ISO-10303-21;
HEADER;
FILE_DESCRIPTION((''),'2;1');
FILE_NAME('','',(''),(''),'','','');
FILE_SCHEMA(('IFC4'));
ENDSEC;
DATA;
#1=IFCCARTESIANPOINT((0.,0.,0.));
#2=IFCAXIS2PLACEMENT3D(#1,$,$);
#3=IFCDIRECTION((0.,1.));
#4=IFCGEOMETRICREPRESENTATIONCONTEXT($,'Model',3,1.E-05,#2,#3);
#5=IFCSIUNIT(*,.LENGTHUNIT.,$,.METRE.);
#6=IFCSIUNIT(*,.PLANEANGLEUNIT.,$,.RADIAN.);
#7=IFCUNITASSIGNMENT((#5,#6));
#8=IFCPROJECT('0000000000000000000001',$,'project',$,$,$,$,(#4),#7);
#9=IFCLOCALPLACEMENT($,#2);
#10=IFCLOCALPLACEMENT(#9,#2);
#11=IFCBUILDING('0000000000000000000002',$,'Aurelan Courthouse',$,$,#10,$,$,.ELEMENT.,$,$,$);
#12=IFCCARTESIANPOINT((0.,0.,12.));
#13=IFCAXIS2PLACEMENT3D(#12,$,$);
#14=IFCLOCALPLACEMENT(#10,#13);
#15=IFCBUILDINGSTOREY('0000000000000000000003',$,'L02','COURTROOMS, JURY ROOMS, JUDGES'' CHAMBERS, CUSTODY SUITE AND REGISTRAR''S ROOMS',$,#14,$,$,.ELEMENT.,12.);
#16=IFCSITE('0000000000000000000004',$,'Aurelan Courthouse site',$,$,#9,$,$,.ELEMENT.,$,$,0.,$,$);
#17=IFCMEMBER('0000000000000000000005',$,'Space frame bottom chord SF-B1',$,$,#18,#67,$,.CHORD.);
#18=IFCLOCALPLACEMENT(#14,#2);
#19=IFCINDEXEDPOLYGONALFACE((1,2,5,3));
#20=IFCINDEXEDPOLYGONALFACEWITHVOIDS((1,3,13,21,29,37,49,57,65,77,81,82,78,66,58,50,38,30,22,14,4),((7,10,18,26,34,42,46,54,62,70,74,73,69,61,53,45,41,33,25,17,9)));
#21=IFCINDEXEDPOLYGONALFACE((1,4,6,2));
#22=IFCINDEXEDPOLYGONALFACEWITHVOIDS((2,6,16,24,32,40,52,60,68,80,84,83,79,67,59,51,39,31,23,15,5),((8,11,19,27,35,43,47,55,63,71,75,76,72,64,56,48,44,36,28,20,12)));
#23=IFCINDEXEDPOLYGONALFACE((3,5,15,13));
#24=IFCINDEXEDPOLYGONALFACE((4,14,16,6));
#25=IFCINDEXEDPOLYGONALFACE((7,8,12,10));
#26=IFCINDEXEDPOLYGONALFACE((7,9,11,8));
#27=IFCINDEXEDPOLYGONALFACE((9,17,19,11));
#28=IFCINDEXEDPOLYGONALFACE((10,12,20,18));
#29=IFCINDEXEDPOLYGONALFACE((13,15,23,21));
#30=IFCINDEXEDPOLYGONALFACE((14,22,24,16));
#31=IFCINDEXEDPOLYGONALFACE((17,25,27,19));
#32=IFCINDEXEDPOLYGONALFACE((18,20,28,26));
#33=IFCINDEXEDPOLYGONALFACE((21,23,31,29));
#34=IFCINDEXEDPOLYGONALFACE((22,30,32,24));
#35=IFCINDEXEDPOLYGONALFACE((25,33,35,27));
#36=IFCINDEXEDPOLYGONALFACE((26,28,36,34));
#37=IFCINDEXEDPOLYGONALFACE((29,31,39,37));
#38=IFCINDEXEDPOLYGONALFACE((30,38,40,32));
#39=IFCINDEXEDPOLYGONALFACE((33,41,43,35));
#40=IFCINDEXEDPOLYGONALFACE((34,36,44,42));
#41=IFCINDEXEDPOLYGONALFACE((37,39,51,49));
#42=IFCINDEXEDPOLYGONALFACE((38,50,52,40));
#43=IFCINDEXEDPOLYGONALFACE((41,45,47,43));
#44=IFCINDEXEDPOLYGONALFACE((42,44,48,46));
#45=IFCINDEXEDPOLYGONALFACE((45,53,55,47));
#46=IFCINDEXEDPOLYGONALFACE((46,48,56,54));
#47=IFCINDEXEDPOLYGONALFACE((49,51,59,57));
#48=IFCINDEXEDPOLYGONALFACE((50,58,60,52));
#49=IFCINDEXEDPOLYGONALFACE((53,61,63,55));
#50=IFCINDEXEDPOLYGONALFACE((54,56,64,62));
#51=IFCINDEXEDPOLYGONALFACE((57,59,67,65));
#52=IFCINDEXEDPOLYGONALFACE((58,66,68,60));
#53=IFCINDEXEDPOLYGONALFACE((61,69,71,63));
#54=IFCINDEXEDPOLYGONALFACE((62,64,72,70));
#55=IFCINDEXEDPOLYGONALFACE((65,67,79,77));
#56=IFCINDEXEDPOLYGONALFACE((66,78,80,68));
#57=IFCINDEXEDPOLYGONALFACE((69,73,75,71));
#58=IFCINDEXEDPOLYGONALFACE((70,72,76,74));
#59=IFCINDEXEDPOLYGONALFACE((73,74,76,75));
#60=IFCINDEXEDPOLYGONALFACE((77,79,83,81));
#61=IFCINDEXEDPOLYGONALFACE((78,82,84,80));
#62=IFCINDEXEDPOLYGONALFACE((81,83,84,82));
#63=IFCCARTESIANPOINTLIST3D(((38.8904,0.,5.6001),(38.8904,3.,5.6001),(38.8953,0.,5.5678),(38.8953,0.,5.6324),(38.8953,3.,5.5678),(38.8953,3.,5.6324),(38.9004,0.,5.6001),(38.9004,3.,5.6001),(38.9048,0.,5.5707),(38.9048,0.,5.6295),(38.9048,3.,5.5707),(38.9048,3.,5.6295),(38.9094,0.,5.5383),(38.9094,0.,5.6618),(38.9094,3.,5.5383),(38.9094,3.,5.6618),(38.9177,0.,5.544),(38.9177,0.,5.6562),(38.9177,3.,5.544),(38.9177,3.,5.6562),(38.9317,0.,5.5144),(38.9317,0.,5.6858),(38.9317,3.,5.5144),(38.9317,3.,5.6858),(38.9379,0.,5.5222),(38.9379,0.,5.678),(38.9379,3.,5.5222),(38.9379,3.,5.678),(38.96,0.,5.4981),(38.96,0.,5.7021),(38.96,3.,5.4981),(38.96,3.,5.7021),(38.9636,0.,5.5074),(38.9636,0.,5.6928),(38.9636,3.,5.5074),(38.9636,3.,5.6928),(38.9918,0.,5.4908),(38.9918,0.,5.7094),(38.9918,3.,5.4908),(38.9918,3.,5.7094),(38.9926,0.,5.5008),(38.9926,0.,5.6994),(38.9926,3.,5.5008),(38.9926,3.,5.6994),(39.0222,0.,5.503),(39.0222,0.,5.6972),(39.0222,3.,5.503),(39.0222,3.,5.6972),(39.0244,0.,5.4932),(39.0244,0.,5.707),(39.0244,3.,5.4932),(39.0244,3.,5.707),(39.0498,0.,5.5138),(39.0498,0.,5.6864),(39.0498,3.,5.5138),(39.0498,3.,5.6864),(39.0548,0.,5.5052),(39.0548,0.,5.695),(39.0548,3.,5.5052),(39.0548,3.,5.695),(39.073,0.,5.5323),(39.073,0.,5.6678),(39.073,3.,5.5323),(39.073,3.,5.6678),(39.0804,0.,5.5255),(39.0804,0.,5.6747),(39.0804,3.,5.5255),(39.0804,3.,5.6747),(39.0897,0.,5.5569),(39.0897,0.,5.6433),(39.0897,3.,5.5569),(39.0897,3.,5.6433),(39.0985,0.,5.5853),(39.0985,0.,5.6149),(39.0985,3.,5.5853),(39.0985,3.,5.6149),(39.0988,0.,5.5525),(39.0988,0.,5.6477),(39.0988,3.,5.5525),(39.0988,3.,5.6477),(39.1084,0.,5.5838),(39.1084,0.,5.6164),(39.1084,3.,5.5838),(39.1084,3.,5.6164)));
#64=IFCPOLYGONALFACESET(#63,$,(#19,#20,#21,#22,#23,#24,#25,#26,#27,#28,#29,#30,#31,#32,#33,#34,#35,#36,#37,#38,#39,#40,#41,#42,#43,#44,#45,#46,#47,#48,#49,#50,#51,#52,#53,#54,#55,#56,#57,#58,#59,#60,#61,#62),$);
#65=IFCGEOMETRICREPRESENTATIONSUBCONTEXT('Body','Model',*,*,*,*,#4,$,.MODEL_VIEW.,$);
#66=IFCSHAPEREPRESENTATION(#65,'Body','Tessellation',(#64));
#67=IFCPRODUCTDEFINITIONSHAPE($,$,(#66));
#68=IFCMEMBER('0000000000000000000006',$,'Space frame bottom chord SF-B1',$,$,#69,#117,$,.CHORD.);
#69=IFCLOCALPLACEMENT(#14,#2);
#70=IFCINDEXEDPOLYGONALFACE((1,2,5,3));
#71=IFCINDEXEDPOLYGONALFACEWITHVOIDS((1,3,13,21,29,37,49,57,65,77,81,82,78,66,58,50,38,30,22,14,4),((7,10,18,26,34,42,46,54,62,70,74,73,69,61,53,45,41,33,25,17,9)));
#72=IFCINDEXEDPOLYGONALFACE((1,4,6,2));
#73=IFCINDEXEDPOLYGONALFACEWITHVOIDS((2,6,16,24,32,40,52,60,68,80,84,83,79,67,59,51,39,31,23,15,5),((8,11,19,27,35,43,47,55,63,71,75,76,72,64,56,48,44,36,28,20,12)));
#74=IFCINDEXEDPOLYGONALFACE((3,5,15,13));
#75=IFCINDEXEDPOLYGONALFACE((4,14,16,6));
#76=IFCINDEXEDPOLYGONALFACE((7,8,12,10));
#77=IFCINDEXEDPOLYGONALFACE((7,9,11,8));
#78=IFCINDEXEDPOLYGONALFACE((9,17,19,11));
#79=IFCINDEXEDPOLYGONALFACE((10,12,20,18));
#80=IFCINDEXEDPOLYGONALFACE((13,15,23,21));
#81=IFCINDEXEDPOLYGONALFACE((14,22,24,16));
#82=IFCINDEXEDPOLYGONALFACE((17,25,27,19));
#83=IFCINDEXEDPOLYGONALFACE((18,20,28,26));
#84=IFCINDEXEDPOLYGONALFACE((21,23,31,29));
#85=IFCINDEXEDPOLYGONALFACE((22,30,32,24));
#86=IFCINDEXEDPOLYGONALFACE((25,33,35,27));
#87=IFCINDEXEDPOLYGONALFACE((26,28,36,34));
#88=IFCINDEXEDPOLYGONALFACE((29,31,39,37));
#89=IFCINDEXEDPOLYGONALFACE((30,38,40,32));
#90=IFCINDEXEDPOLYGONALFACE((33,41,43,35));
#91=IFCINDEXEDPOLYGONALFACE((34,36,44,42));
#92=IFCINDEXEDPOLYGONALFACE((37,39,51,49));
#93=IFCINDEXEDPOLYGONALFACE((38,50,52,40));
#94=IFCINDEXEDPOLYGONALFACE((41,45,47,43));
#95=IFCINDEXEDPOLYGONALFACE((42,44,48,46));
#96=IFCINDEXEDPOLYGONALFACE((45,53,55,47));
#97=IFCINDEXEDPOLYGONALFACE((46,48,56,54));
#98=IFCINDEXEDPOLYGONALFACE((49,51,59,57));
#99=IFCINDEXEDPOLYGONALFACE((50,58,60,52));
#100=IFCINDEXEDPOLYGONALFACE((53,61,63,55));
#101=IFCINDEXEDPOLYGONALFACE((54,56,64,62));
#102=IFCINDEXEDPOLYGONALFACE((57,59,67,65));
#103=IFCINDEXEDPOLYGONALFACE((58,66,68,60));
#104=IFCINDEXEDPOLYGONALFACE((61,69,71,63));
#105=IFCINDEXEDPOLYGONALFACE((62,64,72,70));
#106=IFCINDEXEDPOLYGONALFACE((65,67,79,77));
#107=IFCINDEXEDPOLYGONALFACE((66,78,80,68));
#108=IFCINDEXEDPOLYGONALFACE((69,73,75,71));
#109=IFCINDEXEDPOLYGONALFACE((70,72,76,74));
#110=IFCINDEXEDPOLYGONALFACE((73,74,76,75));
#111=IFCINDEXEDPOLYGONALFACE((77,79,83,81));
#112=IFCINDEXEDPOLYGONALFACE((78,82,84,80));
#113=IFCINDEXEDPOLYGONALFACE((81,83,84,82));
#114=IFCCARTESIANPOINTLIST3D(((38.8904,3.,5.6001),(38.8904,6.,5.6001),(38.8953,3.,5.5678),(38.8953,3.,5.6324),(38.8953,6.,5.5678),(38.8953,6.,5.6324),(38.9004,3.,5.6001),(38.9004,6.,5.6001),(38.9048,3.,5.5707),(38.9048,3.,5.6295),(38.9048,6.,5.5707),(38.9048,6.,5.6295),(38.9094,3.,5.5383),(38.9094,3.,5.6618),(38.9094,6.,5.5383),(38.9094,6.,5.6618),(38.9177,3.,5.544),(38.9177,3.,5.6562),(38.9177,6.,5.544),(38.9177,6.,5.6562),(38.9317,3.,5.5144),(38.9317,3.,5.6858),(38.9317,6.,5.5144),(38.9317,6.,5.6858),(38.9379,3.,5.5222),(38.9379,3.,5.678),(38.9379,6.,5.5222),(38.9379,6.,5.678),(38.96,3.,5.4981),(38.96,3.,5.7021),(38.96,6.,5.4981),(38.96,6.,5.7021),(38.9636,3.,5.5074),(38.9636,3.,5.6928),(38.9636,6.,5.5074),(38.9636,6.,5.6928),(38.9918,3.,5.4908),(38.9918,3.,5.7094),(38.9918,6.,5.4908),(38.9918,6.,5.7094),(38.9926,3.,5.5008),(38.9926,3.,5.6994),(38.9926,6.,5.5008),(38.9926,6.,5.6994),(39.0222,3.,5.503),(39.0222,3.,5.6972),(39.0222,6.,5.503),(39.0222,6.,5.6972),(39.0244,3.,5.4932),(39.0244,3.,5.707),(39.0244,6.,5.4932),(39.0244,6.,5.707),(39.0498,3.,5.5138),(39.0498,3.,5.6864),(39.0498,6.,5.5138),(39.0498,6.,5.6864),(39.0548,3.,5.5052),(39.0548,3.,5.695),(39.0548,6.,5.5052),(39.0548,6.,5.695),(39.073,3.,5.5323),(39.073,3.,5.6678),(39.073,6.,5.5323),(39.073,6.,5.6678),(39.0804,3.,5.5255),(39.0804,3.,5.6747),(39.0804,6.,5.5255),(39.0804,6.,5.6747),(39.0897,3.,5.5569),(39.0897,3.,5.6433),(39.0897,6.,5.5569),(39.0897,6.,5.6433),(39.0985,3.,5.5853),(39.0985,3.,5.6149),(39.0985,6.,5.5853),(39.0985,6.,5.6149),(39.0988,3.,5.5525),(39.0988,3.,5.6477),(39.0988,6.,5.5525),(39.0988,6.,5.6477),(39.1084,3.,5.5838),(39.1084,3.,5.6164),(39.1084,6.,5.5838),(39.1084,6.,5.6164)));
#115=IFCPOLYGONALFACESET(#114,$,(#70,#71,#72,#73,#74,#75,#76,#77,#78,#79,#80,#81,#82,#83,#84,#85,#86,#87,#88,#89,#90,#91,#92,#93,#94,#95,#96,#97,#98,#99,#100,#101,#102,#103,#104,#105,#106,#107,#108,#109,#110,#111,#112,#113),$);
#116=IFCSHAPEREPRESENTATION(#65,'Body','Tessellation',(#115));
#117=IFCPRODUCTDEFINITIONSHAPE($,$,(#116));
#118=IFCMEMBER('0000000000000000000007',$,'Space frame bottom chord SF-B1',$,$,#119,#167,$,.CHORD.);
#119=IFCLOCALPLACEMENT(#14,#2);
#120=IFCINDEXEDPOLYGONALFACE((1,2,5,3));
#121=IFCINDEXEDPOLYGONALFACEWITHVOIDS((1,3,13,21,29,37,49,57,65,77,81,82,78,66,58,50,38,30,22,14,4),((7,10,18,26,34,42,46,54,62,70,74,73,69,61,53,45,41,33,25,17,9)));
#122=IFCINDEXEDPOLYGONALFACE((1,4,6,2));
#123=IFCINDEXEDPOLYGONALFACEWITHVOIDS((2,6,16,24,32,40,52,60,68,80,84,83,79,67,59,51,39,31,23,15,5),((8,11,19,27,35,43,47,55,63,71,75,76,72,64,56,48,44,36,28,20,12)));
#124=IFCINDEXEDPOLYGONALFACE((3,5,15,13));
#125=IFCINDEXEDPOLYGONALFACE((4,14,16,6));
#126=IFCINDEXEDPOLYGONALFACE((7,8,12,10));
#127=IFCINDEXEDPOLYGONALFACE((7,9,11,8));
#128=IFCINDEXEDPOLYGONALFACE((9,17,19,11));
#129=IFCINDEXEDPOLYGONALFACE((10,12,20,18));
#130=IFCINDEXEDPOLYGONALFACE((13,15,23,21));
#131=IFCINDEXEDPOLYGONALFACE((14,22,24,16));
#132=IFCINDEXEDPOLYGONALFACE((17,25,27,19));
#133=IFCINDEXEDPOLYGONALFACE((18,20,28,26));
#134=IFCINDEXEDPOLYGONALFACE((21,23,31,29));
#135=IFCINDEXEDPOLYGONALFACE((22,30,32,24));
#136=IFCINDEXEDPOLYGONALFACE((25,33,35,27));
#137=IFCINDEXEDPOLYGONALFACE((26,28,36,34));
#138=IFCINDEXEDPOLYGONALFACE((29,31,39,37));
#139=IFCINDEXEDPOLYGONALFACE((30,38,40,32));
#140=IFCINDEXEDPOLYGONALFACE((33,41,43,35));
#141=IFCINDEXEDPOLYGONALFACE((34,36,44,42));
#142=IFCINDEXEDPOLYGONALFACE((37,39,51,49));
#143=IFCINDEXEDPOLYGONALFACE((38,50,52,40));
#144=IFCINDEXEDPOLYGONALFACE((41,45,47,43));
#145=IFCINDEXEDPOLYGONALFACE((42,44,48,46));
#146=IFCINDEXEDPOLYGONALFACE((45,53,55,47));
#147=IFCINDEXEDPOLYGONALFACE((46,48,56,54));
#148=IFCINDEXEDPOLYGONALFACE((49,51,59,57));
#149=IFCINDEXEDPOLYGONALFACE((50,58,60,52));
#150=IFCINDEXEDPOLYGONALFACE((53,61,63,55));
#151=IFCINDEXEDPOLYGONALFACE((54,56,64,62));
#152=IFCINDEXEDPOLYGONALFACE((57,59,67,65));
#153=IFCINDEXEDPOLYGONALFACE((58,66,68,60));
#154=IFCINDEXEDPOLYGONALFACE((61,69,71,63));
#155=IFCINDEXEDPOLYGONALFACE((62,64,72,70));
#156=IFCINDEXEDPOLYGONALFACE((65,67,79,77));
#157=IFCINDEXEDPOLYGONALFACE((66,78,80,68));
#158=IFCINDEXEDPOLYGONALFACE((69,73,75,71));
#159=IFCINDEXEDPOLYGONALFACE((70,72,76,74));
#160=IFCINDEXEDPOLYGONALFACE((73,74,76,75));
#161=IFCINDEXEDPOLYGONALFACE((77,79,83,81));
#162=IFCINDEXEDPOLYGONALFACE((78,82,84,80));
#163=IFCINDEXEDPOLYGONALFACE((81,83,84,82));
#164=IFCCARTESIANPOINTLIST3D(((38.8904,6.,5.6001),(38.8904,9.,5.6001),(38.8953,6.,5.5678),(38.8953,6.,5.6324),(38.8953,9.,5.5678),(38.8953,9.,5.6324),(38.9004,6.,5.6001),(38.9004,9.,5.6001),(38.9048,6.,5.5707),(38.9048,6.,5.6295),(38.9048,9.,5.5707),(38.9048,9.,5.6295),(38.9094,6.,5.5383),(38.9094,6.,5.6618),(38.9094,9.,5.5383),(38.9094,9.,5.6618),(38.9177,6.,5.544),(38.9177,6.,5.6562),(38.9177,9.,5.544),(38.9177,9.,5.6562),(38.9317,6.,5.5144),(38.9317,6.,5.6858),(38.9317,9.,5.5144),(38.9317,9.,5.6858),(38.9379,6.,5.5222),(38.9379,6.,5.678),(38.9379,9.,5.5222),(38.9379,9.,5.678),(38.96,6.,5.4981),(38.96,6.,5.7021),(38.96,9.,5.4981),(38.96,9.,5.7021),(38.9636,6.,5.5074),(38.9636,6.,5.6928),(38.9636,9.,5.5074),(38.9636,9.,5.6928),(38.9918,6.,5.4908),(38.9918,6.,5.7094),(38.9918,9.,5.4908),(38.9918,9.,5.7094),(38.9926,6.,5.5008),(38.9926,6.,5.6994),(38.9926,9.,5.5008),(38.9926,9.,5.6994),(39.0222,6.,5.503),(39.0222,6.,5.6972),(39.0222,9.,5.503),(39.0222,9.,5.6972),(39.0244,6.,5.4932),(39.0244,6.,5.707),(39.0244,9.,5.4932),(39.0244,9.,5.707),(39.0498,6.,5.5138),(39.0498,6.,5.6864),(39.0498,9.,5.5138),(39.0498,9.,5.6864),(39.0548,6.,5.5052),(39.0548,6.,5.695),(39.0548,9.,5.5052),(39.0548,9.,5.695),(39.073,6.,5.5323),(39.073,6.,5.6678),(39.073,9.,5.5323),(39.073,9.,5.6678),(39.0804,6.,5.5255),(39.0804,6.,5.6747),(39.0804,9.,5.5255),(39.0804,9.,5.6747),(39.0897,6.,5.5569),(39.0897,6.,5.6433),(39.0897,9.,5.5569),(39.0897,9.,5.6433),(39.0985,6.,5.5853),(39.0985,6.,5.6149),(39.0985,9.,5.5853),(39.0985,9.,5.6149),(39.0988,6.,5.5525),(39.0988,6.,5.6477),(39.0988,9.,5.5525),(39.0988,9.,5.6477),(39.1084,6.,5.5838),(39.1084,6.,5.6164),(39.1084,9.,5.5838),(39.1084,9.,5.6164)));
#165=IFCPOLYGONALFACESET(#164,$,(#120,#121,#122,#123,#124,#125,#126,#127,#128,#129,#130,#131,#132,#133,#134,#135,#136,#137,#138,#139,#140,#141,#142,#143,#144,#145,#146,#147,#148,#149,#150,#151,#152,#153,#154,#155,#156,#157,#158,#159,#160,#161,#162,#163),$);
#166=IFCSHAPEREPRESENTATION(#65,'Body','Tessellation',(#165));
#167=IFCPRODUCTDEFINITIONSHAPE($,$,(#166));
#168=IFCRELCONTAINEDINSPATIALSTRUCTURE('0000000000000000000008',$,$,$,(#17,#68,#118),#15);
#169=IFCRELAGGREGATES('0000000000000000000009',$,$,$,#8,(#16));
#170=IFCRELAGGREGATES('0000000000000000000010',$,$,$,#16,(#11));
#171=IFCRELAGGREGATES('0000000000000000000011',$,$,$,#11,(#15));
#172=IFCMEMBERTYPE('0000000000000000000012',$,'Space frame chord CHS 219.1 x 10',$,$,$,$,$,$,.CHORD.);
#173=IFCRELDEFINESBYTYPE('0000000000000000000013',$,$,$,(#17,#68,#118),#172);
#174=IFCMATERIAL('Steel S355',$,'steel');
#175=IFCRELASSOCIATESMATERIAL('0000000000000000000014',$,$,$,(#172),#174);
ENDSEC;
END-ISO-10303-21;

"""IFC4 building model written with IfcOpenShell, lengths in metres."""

from ifc_helpers import new_model, si_unit, direction, frame, origin, origin_2d, place, context, subcontext, project, spatial, hollow_circle, extrude, material, material_profile, profile_set, type_object, element, save


model = new_model("IFC4")

# Units and contexts
model_context = context("Model", 3, precision=1e-05, world=origin(), true_north=direction((0.0, 1.0)))
body_context = subcontext(model_context, "Body", "Model", "MODEL_VIEW")
ifc_project = project(units=[si_unit("LENGTHUNIT", "METRE"), si_unit("PLANEANGLEUNIT", "RADIAN")], contexts=[model_context])

# Site, building, storey
site_placement = place(None, origin())
site = spatial("IfcSite", under=ifc_project, at=site_placement, Name="Aurelan Courthouse site", CompositionType="ELEMENT", RefElevation=0.0)
building_placement = place(site_placement, origin())
building = spatial("IfcBuilding", under=site, at=building_placement, Name="Aurelan Courthouse", CompositionType="ELEMENT")
storey_placement = place(building_placement, frame((0.0, 0.0, 12.0)))
storey = spatial("IfcBuildingStorey", under=building, at=storey_placement, Name="L02", Description="COURTROOMS, JURY ROOMS, JUDGES' CHAMBERS, CUSTODY SUITE AND REGISTRAR'S ROOMS", CompositionType="ELEMENT", Elevation=12.0)

# Members
ifc_material_1 = material(Name="Steel S355", Category="steel")
ifc_material_profile_1 = material_profile(ifc_material_1, hollow_circle(Radius=0.1096, WallThickness=0.01, at=origin_2d()), Name="CHS 219.1 x 10")
ifc_profile_set_1 = profile_set([ifc_material_profile_1], Name="Steel S355")
member_type_1 = type_object("IfcMemberType", Name="Space frame chord CHS 219.1 x 10", PredefinedType="CHORD", material=ifc_profile_set_1)
for number, where, z_axis, x_axis, name in (
    (1, (39.0, 0.0, 5.6001), (0.0, 1.0, 0.0), (-1.0, 0.0, 0.0), "Space frame bottom chord SF-B1"),
    (2, (39.0, 3.0, 5.6001), (0.0, 1.0, 0.0), (-1.0, 0.0, 0.0), "Space frame bottom chord SF-B1"),
    (3, (39.0, 6.0, 5.6001), (0.0, 1.0, 0.0), (-1.0, 0.0, 0.0), "Space frame bottom chord SF-B1"),
):
    element("IfcMember", number, at=place(storey_placement, frame(where, z_axis=z_axis, x_axis=x_axis)), inside=storey, type_object=member_type_1, Name=name, PredefinedType="CHORD", context=body_context, shape_type="SweptSolid", body=[
        extrude(hollow_circle(Radius=0.1096, WallThickness=0.01, at=origin_2d()), origin(), (0.0, 0.0, 1.0), 3.0),
    ])

save(model, "model.ifc")
